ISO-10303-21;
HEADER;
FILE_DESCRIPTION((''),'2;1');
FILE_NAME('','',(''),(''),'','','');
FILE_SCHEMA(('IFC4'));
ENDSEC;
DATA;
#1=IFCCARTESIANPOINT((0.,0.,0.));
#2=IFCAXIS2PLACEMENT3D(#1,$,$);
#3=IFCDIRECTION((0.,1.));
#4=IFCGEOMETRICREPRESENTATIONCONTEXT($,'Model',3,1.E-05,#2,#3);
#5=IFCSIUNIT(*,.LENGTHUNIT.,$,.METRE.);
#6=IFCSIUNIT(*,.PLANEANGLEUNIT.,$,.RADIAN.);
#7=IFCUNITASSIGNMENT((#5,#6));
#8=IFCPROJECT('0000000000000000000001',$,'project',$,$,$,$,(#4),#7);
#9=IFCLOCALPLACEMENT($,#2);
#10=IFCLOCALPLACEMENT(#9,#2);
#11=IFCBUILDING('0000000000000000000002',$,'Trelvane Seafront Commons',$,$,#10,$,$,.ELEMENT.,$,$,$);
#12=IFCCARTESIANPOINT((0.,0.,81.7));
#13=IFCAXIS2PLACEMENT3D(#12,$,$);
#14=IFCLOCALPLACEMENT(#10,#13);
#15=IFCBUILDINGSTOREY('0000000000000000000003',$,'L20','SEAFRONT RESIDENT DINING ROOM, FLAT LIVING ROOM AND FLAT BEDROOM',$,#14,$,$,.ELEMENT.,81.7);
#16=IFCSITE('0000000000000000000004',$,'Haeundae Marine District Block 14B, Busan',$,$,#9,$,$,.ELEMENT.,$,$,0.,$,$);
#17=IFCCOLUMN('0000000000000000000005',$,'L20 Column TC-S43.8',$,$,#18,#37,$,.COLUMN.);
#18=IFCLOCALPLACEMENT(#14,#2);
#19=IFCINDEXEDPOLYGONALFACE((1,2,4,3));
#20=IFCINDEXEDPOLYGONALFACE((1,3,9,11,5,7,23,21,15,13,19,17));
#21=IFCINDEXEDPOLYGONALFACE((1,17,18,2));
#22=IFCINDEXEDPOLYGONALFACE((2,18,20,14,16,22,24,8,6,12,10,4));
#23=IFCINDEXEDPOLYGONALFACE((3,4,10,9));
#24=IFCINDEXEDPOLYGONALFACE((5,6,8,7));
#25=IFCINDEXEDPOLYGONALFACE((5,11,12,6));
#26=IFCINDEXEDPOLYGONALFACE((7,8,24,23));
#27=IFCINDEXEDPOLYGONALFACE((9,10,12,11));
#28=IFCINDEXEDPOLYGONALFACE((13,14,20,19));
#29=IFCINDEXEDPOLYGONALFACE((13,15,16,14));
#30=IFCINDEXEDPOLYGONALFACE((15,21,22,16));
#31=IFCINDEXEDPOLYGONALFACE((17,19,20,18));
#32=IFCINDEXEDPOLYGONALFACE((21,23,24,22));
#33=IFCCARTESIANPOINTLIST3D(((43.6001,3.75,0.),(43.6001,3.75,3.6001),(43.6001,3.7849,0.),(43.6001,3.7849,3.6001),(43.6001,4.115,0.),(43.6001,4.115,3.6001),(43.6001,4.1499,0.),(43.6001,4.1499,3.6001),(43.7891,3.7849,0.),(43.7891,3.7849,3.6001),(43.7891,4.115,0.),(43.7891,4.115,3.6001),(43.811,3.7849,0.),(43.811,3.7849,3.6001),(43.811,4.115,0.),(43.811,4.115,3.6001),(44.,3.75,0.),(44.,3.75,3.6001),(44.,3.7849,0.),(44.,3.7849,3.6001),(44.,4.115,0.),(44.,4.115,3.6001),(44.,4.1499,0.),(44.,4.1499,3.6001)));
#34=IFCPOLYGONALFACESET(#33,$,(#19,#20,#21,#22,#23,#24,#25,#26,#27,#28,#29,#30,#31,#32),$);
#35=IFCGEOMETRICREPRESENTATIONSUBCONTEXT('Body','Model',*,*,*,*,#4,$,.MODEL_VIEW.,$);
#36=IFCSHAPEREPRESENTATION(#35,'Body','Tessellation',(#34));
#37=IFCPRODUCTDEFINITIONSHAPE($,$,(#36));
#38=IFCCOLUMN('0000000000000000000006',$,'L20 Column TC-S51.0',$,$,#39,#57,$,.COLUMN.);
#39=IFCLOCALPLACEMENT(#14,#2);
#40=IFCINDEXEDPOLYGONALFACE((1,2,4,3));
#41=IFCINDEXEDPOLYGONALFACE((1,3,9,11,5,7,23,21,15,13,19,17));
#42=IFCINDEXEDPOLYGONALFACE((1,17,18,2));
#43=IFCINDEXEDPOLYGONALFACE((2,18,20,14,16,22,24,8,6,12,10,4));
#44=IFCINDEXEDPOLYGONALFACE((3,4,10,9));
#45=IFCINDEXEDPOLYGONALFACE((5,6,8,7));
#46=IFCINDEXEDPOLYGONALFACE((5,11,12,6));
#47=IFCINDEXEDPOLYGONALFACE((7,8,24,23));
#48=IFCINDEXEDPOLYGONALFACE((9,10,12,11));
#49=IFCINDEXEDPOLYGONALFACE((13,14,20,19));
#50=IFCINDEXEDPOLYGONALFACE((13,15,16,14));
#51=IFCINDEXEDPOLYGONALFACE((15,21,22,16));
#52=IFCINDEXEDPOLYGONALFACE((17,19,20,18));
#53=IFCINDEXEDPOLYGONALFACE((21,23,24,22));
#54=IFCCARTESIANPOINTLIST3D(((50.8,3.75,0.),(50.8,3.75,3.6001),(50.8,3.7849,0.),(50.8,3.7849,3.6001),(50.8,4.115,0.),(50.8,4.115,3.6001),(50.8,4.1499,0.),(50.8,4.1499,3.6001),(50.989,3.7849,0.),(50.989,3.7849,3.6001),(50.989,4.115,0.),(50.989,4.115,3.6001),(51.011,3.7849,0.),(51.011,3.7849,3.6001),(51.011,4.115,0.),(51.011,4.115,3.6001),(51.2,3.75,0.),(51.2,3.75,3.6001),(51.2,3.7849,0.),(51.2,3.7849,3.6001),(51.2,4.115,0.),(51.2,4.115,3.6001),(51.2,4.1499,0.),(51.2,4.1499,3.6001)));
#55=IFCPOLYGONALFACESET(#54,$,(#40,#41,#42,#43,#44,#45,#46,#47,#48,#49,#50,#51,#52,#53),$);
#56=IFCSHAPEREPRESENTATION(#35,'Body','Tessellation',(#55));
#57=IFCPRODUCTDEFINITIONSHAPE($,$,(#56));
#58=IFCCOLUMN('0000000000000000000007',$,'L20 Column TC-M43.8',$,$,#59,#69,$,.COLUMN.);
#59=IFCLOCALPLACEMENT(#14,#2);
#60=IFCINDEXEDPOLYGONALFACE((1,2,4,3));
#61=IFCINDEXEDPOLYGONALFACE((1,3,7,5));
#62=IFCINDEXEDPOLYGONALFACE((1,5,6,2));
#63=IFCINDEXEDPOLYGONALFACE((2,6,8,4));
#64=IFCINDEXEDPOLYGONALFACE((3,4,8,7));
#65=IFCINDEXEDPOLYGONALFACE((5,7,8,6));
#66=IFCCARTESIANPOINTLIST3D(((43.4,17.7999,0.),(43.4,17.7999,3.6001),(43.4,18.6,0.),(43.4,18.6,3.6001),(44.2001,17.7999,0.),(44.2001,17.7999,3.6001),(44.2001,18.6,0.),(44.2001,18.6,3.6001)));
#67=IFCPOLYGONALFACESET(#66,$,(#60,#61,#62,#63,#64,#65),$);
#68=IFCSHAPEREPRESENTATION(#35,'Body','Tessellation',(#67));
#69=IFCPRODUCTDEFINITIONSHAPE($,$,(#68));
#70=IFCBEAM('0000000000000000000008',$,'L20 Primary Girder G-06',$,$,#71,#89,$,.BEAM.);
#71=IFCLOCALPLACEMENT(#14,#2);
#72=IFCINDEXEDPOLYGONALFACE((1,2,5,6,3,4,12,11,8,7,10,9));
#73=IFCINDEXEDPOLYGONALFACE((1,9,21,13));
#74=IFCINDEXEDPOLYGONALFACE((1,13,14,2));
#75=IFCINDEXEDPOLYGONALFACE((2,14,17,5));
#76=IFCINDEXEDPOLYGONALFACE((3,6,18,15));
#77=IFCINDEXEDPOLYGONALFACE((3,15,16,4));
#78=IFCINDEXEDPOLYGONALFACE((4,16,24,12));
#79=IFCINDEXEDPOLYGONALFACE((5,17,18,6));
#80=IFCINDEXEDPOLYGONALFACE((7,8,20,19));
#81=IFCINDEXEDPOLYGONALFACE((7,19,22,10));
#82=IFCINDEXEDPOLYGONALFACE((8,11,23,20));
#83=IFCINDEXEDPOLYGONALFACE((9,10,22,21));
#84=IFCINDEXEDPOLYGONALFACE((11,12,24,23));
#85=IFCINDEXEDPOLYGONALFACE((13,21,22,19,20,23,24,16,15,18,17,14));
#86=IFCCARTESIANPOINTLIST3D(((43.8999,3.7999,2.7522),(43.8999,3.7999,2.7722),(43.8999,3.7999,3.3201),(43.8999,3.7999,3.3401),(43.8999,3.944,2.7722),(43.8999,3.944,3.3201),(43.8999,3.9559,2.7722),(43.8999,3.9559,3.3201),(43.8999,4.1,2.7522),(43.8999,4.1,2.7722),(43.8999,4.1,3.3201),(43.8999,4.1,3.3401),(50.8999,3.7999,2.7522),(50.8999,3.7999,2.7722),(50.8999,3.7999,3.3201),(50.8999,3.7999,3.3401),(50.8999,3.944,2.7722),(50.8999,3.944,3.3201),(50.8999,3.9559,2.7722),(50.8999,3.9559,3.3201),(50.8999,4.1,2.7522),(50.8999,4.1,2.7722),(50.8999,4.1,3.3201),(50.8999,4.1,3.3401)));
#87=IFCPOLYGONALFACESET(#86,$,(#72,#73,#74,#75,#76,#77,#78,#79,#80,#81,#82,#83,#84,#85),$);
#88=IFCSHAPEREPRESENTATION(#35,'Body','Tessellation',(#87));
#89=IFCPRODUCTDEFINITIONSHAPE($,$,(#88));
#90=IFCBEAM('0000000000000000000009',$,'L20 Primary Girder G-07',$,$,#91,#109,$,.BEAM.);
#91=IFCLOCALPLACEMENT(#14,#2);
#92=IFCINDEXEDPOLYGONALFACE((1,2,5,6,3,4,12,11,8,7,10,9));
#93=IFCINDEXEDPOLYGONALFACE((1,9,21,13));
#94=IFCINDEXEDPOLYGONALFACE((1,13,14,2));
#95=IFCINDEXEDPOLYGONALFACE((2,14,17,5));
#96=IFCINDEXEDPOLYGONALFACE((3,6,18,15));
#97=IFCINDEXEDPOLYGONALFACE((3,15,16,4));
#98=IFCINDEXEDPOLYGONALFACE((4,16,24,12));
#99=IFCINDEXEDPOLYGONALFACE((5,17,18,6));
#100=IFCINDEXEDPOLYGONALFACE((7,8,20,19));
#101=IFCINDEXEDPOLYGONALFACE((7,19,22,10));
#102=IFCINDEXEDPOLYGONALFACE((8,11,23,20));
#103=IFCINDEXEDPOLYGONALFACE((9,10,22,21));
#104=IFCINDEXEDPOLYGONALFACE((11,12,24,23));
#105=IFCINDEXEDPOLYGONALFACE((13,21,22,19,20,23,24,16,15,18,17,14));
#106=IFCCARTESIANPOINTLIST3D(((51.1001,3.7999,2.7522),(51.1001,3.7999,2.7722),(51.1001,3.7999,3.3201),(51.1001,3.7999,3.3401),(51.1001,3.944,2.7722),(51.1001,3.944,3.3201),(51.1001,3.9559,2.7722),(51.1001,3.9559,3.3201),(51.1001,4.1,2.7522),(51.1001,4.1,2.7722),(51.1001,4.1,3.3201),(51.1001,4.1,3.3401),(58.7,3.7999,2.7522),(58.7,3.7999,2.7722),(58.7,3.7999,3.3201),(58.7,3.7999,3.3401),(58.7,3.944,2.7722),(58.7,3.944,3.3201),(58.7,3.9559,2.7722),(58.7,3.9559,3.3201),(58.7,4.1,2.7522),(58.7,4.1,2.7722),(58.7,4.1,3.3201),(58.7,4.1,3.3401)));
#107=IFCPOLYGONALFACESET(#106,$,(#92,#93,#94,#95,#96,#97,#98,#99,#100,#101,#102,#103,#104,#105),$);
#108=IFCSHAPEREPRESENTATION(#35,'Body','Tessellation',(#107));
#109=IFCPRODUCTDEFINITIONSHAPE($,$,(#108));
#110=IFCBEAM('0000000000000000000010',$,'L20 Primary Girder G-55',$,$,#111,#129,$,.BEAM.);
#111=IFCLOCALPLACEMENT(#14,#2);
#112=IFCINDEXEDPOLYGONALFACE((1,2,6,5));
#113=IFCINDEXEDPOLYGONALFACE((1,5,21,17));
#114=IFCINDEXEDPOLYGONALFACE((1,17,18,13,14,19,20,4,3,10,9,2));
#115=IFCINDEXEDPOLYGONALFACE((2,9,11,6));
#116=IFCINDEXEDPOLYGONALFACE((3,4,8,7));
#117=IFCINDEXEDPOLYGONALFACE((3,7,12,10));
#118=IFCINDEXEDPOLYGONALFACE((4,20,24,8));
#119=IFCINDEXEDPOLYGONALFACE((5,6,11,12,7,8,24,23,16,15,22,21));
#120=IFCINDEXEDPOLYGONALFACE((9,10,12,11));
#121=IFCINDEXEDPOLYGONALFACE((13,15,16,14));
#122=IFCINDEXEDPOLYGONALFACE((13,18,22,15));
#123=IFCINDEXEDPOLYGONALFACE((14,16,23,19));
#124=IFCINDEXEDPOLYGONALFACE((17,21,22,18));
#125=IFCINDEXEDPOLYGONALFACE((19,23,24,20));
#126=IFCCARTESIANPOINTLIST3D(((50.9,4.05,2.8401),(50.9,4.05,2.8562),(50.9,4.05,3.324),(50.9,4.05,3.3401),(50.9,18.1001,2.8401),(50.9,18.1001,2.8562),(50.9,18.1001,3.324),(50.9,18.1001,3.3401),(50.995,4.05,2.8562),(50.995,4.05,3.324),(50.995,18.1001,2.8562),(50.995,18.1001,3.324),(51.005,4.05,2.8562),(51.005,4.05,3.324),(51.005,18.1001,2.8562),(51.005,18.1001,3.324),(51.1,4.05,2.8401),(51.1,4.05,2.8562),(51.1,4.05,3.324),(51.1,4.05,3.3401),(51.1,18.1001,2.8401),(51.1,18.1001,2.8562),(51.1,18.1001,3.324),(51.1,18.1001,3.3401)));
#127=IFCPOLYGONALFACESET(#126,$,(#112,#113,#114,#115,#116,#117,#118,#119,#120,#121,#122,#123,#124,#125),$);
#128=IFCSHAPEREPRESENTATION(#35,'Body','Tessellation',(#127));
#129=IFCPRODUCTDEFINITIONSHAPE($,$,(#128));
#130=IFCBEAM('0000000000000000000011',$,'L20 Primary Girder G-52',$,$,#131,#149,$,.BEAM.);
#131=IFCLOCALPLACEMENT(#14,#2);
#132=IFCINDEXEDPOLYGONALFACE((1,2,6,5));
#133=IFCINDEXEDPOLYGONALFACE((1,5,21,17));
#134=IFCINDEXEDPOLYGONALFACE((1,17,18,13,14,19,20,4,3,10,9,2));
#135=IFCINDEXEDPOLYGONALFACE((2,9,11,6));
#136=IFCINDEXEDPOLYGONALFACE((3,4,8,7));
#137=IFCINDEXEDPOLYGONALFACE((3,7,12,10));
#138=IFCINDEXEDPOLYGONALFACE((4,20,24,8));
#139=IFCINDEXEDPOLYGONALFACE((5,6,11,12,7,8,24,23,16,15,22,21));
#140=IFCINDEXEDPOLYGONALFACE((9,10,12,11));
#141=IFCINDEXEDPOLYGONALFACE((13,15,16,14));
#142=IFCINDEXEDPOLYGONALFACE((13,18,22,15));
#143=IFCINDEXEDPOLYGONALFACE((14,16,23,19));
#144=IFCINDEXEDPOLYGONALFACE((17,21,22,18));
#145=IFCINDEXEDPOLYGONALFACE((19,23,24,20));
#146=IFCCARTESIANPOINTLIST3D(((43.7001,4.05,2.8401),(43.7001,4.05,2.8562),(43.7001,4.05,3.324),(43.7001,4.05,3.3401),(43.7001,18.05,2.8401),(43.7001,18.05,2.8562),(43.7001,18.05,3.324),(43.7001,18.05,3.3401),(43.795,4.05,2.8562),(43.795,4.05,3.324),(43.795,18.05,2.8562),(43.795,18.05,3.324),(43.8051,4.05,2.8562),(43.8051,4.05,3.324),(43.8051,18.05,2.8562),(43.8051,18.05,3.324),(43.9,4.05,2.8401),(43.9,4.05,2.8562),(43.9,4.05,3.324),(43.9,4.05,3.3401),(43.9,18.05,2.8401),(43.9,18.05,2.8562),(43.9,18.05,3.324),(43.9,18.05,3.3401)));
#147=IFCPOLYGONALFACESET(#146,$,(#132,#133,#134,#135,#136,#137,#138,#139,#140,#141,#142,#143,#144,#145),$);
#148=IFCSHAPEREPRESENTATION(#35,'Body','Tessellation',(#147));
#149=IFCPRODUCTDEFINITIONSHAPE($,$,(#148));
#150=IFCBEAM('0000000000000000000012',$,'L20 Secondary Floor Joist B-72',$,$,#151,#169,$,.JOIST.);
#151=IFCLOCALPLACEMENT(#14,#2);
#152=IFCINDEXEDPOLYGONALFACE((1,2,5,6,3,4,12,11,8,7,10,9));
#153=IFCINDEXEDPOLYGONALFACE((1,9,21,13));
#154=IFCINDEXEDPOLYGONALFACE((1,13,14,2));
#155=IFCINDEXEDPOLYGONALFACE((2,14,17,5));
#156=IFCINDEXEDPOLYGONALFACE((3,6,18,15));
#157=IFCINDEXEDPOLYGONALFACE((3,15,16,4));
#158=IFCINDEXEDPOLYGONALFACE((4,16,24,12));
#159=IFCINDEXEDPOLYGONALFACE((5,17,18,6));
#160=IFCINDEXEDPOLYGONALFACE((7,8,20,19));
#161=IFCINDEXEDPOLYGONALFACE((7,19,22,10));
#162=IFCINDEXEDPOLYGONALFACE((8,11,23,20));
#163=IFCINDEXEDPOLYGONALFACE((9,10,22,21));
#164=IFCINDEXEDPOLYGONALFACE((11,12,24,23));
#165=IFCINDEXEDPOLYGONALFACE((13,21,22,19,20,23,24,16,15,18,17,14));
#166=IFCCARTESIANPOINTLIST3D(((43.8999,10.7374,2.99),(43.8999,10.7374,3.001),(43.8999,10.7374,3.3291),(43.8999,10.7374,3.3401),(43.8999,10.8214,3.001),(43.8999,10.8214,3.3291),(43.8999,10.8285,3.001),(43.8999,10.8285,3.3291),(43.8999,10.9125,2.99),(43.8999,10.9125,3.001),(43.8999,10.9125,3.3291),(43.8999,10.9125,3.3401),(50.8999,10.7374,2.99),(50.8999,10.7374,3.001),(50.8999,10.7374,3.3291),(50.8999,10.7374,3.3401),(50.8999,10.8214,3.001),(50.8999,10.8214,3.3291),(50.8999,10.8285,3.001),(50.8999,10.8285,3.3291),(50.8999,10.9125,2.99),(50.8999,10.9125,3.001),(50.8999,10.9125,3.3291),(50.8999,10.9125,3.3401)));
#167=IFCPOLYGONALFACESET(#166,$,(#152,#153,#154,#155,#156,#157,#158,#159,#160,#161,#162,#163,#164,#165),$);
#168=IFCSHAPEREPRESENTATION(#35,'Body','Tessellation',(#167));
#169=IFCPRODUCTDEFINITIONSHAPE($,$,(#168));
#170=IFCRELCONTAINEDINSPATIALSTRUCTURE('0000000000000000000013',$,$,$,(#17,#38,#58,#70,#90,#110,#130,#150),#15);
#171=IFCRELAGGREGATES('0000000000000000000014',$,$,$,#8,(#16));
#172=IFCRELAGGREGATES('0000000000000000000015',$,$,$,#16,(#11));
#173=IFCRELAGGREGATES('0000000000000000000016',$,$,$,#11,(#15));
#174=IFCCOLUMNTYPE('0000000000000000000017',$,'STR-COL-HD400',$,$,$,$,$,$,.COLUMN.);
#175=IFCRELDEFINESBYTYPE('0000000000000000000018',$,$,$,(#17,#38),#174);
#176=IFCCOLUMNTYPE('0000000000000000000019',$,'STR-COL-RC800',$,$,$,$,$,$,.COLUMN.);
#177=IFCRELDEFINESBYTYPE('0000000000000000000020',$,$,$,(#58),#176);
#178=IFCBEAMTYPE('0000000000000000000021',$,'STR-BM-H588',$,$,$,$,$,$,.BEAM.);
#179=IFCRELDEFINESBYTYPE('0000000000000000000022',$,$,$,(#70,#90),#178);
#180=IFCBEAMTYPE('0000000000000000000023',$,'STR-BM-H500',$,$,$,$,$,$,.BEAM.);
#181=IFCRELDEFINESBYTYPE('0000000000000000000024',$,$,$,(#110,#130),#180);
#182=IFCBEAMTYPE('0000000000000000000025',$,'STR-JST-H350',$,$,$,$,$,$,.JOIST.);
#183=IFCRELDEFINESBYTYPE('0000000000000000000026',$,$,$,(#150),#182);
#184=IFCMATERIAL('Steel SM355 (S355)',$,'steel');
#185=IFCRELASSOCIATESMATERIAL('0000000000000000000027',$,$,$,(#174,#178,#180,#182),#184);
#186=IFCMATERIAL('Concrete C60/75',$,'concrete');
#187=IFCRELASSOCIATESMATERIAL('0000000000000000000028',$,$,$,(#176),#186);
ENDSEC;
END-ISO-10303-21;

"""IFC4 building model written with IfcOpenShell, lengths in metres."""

from ifc_helpers import new_model, si_unit, direction, frame, origin, origin_2d, place, context, subcontext, project, spatial, rectangle, i_section, extrude, source, transform, mapped, material, material_profile, profile_set, type_object, element, save


model = new_model("IFC4")

# Units and contexts
model_context = context("Model", 3, precision=1e-05, world=origin(), true_north=direction((0.0, 1.0)))
body_context = subcontext(model_context, "Body", "Model", "MODEL_VIEW")
ifc_project = project(units=[si_unit("LENGTHUNIT", "METRE"), si_unit("PLANEANGLEUNIT", "RADIAN")], contexts=[model_context])

# Site, building, storey
site_placement = place(None, origin())
site = spatial("IfcSite", under=ifc_project, at=site_placement, Name="Haeundae Marine District Block 14B, Busan", CompositionType="ELEMENT", RefElevation=0.0)
building_placement = place(site_placement, origin())
building = spatial("IfcBuilding", under=site, at=building_placement, Name="Trelvane Seafront Commons", CompositionType="ELEMENT")
storey_placement = place(building_placement, frame((0.0, 0.0, 81.7)))
storey = spatial("IfcBuildingStorey", under=building, at=storey_placement, Name="L20", Description="SEAFRONT RESIDENT DINING ROOM, FLAT LIVING ROOM AND FLAT BEDROOM", CompositionType="ELEMENT", Elevation=81.7)

# Columns
ifc_material_1 = material(Name="Steel SM355 (S355)", Category="steel")
ifc_material_profile_1 = material_profile(ifc_material_1, i_section(OverallWidth=0.3999, OverallDepth=0.3999, WebThickness=0.022, FlangeThickness=0.0349, at=origin_2d()), Name="HD-400x400x22x35")
ifc_profile_set_1 = profile_set([ifc_material_profile_1], Name="Steel SM355 (S355)")
column_type_1 = type_object("IfcColumnType", Name="STR-COL-HD400", PredefinedType="COLUMN", material=ifc_profile_set_1)
shared_shape_1 = source(origin(), body_context, "Body", "SweptSolid", [
    extrude(i_section(OverallWidth=0.3999, OverallDepth=0.3999, WebThickness=0.022, FlangeThickness=0.0349, at=origin_2d()), origin(), (0.0, 0.0, 1.0), 3.6001),
])
for number, where, z_axis, x_axis, name in (
    (1, (43.8, 3.95, 0.0), (0.0, 0.0, 1.0), (1.0, 0.0, 0.0), "L20 Column TC-S43.8"),
    (2, (51.0, 3.95, 0.0), (0.0, 0.0, 1.0), (1.0, 0.0, 0.0), "L20 Column TC-S51.0"),
):
    element("IfcColumn", number, at=place(storey_placement, frame(where, z_axis=z_axis, x_axis=x_axis)), inside=storey, type_object=column_type_1, Name=name, PredefinedType="COLUMN", context=body_context, shape_type="MappedRepresentation", body=[
        mapped(shared_shape_1, transform((0.0, 0.0, 0.0), x_axis=(1.0, 0.0, 0.0), y_axis=(0.0, 1.0, 0.0), z_axis=(0.0, 0.0, 1.0), scale=1.0)),
    ])
ifc_material_2 = material(Name="Concrete C60/75", Category="concrete")
ifc_material_profile_2 = material_profile(ifc_material_2, rectangle(XDim=0.8, YDim=0.8, at=origin_2d()), Name="RC-800x800")
ifc_profile_set_2 = profile_set([ifc_material_profile_2], Name="Concrete C60/75")
column_type_2 = type_object("IfcColumnType", Name="STR-COL-RC800", PredefinedType="COLUMN", material=ifc_profile_set_2)
shared_shape_2 = source(origin(), body_context, "Body", "SweptSolid", [
    extrude(rectangle(XDim=0.8, YDim=0.8, at=origin_2d()), origin(), (0.0, 0.0, 1.0), 3.6001),
])
column_placement = place(storey_placement, frame((43.8, 18.2, 0.0), z_axis=(0.0, 0.0, 1.0), x_axis=(1.0, 0.0, 0.0)))
element("IfcColumn", 3, at=column_placement, inside=storey, type_object=column_type_2, Name="L20 Column TC-M43.8", PredefinedType="COLUMN", context=body_context, shape_type="MappedRepresentation", body=[
    mapped(shared_shape_2, transform((0.0, 0.0, 0.0), x_axis=(1.0, 0.0, 0.0), y_axis=(0.0, 1.0, 0.0), z_axis=(0.0, 0.0, 1.0), scale=1.0)),
])

# Beams
ifc_material_profile_3 = material_profile(ifc_material_1, i_section(OverallWidth=0.3, OverallDepth=0.5879, WebThickness=0.012, FlangeThickness=0.02, at=origin_2d()), Name="H-588x300x12x20")
ifc_profile_set_3 = profile_set([ifc_material_profile_3], Name="Steel SM355 (S355)")
beam_type_1 = type_object("IfcBeamType", Name="STR-BM-H588", PredefinedType="BEAM", material=ifc_profile_set_3)
shared_shape_3 = source(origin(), body_context, "Body", "SweptSolid", [
    extrude(i_section(OverallWidth=0.3, OverallDepth=0.5879, WebThickness=0.012, FlangeThickness=0.02, at=origin_2d()), origin(), (0.0, 0.0, 1.0), 7.0),
])
beam_1_placement = place(storey_placement, frame((43.8999, 3.95, 3.0461), z_axis=(1.0, 0.0, 0.0), x_axis=(0.0, 1.0, 0.0)))
element("IfcBeam", 4, at=beam_1_placement, inside=storey, type_object=beam_type_1, Name="L20 Primary Girder G-06", PredefinedType="BEAM", context=body_context, shape_type="MappedRepresentation", body=[
    mapped(shared_shape_3, transform((0.0, 0.0, 0.0), x_axis=(1.0, 0.0, 0.0), y_axis=(0.0, 1.0, 0.0), z_axis=(0.0, 0.0, 1.0), scale=1.0)),
])
shared_shape_4 = source(origin(), body_context, "Body", "SweptSolid", [
    extrude(i_section(OverallWidth=0.3, OverallDepth=0.5879, WebThickness=0.012, FlangeThickness=0.02, at=origin_2d()), origin(), (0.0, 0.0, 1.0), 7.5999),
])
beam_2_placement = place(storey_placement, frame((51.1001, 3.95, 3.0461), z_axis=(1.0, 0.0, 0.0), x_axis=(0.0, 1.0, 0.0)))
element("IfcBeam", 5, at=beam_2_placement, inside=storey, type_object=beam_type_1, Name="L20 Primary Girder G-07", PredefinedType="BEAM", context=body_context, shape_type="MappedRepresentation", body=[
    mapped(shared_shape_4, transform((0.0, 0.0, 0.0), x_axis=(1.0, 0.0, 0.0), y_axis=(0.0, 1.0, 0.0), z_axis=(0.0, 0.0, 1.0), scale=1.0)),
])
ifc_material_profile_4 = material_profile(ifc_material_1, i_section(OverallWidth=0.2, OverallDepth=0.5, WebThickness=0.01, FlangeThickness=0.0161, at=origin_2d()), Name="H-500x200x10x16")
ifc_profile_set_4 = profile_set([ifc_material_profile_4], Name="Steel SM355 (S355)")
beam_type_2 = type_object("IfcBeamType", Name="STR-BM-H500", PredefinedType="BEAM", material=ifc_profile_set_4)
shared_shape_5 = source(origin(), body_context, "Body", "SweptSolid", [
    extrude(i_section(OverallWidth=0.2, OverallDepth=0.5, WebThickness=0.01, FlangeThickness=0.0161, at=origin_2d()), origin(), (0.0, 0.0, 1.0), 14.05),
])
beam_3_placement = place(storey_placement, frame((51.0, 4.05, 3.0901), z_axis=(0.0, 1.0, 0.0), x_axis=(-1.0, 0.0, 0.0)))
element("IfcBeam", 6, at=beam_3_placement, inside=storey, type_object=beam_type_2, Name="L20 Primary Girder G-55", PredefinedType="BEAM", context=body_context, shape_type="MappedRepresentation", body=[
    mapped(shared_shape_5, transform((0.0, 0.0, 0.0), x_axis=(1.0, 0.0, 0.0), y_axis=(0.0, 1.0, 0.0), z_axis=(0.0, 0.0, 1.0), scale=1.0)),
])
shared_shape_6 = source(origin(), body_context, "Body", "SweptSolid", [
    extrude(i_section(OverallWidth=0.2, OverallDepth=0.5, WebThickness=0.01, FlangeThickness=0.0161, at=origin_2d()), origin(), (0.0, 0.0, 1.0), 14.0),
])
beam_4_placement = place(storey_placement, frame((43.8, 4.05, 3.0901), z_axis=(0.0, 1.0, 0.0), x_axis=(-1.0, 0.0, 0.0)))
element("IfcBeam", 7, at=beam_4_placement, inside=storey, type_object=beam_type_2, Name="L20 Primary Girder G-52", PredefinedType="BEAM", context=body_context, shape_type="MappedRepresentation", body=[
    mapped(shared_shape_6, transform((0.0, 0.0, 0.0), x_axis=(1.0, 0.0, 0.0), y_axis=(0.0, 1.0, 0.0), z_axis=(0.0, 0.0, 1.0), scale=1.0)),
])
ifc_material_profile_5 = material_profile(ifc_material_1, i_section(OverallWidth=0.175, OverallDepth=0.3501, WebThickness=0.0071, FlangeThickness=0.011, at=origin_2d()), Name="H-350x175x7x11")
ifc_profile_set_5 = profile_set([ifc_material_profile_5], Name="Steel SM355 (S355)")
beam_type_3 = type_object("IfcBeamType", Name="STR-JST-H350", PredefinedType="JOIST", material=ifc_profile_set_5)
shared_shape_7 = source(origin(), body_context, "Body", "SweptSolid", [
    extrude(i_section(OverallWidth=0.175, OverallDepth=0.3501, WebThickness=0.0071, FlangeThickness=0.011, at=origin_2d()), origin(), (0.0, 0.0, 1.0), 7.0),
])
beam_5_placement = place(storey_placement, frame((43.8999, 10.825, 3.165), z_axis=(1.0, 0.0, 0.0), x_axis=(0.0, 1.0, 0.0)))
element("IfcBeam", 8, at=beam_5_placement, inside=storey, type_object=beam_type_3, Name="L20 Secondary Floor Joist B-72", PredefinedType="JOIST", context=body_context, shape_type="MappedRepresentation", body=[
    mapped(shared_shape_7, transform((0.0, 0.0, 0.0), x_axis=(1.0, 0.0, 0.0), y_axis=(0.0, 1.0, 0.0), z_axis=(0.0, 0.0, 1.0), scale=1.0)),
])

save(model, "model.ifc")
